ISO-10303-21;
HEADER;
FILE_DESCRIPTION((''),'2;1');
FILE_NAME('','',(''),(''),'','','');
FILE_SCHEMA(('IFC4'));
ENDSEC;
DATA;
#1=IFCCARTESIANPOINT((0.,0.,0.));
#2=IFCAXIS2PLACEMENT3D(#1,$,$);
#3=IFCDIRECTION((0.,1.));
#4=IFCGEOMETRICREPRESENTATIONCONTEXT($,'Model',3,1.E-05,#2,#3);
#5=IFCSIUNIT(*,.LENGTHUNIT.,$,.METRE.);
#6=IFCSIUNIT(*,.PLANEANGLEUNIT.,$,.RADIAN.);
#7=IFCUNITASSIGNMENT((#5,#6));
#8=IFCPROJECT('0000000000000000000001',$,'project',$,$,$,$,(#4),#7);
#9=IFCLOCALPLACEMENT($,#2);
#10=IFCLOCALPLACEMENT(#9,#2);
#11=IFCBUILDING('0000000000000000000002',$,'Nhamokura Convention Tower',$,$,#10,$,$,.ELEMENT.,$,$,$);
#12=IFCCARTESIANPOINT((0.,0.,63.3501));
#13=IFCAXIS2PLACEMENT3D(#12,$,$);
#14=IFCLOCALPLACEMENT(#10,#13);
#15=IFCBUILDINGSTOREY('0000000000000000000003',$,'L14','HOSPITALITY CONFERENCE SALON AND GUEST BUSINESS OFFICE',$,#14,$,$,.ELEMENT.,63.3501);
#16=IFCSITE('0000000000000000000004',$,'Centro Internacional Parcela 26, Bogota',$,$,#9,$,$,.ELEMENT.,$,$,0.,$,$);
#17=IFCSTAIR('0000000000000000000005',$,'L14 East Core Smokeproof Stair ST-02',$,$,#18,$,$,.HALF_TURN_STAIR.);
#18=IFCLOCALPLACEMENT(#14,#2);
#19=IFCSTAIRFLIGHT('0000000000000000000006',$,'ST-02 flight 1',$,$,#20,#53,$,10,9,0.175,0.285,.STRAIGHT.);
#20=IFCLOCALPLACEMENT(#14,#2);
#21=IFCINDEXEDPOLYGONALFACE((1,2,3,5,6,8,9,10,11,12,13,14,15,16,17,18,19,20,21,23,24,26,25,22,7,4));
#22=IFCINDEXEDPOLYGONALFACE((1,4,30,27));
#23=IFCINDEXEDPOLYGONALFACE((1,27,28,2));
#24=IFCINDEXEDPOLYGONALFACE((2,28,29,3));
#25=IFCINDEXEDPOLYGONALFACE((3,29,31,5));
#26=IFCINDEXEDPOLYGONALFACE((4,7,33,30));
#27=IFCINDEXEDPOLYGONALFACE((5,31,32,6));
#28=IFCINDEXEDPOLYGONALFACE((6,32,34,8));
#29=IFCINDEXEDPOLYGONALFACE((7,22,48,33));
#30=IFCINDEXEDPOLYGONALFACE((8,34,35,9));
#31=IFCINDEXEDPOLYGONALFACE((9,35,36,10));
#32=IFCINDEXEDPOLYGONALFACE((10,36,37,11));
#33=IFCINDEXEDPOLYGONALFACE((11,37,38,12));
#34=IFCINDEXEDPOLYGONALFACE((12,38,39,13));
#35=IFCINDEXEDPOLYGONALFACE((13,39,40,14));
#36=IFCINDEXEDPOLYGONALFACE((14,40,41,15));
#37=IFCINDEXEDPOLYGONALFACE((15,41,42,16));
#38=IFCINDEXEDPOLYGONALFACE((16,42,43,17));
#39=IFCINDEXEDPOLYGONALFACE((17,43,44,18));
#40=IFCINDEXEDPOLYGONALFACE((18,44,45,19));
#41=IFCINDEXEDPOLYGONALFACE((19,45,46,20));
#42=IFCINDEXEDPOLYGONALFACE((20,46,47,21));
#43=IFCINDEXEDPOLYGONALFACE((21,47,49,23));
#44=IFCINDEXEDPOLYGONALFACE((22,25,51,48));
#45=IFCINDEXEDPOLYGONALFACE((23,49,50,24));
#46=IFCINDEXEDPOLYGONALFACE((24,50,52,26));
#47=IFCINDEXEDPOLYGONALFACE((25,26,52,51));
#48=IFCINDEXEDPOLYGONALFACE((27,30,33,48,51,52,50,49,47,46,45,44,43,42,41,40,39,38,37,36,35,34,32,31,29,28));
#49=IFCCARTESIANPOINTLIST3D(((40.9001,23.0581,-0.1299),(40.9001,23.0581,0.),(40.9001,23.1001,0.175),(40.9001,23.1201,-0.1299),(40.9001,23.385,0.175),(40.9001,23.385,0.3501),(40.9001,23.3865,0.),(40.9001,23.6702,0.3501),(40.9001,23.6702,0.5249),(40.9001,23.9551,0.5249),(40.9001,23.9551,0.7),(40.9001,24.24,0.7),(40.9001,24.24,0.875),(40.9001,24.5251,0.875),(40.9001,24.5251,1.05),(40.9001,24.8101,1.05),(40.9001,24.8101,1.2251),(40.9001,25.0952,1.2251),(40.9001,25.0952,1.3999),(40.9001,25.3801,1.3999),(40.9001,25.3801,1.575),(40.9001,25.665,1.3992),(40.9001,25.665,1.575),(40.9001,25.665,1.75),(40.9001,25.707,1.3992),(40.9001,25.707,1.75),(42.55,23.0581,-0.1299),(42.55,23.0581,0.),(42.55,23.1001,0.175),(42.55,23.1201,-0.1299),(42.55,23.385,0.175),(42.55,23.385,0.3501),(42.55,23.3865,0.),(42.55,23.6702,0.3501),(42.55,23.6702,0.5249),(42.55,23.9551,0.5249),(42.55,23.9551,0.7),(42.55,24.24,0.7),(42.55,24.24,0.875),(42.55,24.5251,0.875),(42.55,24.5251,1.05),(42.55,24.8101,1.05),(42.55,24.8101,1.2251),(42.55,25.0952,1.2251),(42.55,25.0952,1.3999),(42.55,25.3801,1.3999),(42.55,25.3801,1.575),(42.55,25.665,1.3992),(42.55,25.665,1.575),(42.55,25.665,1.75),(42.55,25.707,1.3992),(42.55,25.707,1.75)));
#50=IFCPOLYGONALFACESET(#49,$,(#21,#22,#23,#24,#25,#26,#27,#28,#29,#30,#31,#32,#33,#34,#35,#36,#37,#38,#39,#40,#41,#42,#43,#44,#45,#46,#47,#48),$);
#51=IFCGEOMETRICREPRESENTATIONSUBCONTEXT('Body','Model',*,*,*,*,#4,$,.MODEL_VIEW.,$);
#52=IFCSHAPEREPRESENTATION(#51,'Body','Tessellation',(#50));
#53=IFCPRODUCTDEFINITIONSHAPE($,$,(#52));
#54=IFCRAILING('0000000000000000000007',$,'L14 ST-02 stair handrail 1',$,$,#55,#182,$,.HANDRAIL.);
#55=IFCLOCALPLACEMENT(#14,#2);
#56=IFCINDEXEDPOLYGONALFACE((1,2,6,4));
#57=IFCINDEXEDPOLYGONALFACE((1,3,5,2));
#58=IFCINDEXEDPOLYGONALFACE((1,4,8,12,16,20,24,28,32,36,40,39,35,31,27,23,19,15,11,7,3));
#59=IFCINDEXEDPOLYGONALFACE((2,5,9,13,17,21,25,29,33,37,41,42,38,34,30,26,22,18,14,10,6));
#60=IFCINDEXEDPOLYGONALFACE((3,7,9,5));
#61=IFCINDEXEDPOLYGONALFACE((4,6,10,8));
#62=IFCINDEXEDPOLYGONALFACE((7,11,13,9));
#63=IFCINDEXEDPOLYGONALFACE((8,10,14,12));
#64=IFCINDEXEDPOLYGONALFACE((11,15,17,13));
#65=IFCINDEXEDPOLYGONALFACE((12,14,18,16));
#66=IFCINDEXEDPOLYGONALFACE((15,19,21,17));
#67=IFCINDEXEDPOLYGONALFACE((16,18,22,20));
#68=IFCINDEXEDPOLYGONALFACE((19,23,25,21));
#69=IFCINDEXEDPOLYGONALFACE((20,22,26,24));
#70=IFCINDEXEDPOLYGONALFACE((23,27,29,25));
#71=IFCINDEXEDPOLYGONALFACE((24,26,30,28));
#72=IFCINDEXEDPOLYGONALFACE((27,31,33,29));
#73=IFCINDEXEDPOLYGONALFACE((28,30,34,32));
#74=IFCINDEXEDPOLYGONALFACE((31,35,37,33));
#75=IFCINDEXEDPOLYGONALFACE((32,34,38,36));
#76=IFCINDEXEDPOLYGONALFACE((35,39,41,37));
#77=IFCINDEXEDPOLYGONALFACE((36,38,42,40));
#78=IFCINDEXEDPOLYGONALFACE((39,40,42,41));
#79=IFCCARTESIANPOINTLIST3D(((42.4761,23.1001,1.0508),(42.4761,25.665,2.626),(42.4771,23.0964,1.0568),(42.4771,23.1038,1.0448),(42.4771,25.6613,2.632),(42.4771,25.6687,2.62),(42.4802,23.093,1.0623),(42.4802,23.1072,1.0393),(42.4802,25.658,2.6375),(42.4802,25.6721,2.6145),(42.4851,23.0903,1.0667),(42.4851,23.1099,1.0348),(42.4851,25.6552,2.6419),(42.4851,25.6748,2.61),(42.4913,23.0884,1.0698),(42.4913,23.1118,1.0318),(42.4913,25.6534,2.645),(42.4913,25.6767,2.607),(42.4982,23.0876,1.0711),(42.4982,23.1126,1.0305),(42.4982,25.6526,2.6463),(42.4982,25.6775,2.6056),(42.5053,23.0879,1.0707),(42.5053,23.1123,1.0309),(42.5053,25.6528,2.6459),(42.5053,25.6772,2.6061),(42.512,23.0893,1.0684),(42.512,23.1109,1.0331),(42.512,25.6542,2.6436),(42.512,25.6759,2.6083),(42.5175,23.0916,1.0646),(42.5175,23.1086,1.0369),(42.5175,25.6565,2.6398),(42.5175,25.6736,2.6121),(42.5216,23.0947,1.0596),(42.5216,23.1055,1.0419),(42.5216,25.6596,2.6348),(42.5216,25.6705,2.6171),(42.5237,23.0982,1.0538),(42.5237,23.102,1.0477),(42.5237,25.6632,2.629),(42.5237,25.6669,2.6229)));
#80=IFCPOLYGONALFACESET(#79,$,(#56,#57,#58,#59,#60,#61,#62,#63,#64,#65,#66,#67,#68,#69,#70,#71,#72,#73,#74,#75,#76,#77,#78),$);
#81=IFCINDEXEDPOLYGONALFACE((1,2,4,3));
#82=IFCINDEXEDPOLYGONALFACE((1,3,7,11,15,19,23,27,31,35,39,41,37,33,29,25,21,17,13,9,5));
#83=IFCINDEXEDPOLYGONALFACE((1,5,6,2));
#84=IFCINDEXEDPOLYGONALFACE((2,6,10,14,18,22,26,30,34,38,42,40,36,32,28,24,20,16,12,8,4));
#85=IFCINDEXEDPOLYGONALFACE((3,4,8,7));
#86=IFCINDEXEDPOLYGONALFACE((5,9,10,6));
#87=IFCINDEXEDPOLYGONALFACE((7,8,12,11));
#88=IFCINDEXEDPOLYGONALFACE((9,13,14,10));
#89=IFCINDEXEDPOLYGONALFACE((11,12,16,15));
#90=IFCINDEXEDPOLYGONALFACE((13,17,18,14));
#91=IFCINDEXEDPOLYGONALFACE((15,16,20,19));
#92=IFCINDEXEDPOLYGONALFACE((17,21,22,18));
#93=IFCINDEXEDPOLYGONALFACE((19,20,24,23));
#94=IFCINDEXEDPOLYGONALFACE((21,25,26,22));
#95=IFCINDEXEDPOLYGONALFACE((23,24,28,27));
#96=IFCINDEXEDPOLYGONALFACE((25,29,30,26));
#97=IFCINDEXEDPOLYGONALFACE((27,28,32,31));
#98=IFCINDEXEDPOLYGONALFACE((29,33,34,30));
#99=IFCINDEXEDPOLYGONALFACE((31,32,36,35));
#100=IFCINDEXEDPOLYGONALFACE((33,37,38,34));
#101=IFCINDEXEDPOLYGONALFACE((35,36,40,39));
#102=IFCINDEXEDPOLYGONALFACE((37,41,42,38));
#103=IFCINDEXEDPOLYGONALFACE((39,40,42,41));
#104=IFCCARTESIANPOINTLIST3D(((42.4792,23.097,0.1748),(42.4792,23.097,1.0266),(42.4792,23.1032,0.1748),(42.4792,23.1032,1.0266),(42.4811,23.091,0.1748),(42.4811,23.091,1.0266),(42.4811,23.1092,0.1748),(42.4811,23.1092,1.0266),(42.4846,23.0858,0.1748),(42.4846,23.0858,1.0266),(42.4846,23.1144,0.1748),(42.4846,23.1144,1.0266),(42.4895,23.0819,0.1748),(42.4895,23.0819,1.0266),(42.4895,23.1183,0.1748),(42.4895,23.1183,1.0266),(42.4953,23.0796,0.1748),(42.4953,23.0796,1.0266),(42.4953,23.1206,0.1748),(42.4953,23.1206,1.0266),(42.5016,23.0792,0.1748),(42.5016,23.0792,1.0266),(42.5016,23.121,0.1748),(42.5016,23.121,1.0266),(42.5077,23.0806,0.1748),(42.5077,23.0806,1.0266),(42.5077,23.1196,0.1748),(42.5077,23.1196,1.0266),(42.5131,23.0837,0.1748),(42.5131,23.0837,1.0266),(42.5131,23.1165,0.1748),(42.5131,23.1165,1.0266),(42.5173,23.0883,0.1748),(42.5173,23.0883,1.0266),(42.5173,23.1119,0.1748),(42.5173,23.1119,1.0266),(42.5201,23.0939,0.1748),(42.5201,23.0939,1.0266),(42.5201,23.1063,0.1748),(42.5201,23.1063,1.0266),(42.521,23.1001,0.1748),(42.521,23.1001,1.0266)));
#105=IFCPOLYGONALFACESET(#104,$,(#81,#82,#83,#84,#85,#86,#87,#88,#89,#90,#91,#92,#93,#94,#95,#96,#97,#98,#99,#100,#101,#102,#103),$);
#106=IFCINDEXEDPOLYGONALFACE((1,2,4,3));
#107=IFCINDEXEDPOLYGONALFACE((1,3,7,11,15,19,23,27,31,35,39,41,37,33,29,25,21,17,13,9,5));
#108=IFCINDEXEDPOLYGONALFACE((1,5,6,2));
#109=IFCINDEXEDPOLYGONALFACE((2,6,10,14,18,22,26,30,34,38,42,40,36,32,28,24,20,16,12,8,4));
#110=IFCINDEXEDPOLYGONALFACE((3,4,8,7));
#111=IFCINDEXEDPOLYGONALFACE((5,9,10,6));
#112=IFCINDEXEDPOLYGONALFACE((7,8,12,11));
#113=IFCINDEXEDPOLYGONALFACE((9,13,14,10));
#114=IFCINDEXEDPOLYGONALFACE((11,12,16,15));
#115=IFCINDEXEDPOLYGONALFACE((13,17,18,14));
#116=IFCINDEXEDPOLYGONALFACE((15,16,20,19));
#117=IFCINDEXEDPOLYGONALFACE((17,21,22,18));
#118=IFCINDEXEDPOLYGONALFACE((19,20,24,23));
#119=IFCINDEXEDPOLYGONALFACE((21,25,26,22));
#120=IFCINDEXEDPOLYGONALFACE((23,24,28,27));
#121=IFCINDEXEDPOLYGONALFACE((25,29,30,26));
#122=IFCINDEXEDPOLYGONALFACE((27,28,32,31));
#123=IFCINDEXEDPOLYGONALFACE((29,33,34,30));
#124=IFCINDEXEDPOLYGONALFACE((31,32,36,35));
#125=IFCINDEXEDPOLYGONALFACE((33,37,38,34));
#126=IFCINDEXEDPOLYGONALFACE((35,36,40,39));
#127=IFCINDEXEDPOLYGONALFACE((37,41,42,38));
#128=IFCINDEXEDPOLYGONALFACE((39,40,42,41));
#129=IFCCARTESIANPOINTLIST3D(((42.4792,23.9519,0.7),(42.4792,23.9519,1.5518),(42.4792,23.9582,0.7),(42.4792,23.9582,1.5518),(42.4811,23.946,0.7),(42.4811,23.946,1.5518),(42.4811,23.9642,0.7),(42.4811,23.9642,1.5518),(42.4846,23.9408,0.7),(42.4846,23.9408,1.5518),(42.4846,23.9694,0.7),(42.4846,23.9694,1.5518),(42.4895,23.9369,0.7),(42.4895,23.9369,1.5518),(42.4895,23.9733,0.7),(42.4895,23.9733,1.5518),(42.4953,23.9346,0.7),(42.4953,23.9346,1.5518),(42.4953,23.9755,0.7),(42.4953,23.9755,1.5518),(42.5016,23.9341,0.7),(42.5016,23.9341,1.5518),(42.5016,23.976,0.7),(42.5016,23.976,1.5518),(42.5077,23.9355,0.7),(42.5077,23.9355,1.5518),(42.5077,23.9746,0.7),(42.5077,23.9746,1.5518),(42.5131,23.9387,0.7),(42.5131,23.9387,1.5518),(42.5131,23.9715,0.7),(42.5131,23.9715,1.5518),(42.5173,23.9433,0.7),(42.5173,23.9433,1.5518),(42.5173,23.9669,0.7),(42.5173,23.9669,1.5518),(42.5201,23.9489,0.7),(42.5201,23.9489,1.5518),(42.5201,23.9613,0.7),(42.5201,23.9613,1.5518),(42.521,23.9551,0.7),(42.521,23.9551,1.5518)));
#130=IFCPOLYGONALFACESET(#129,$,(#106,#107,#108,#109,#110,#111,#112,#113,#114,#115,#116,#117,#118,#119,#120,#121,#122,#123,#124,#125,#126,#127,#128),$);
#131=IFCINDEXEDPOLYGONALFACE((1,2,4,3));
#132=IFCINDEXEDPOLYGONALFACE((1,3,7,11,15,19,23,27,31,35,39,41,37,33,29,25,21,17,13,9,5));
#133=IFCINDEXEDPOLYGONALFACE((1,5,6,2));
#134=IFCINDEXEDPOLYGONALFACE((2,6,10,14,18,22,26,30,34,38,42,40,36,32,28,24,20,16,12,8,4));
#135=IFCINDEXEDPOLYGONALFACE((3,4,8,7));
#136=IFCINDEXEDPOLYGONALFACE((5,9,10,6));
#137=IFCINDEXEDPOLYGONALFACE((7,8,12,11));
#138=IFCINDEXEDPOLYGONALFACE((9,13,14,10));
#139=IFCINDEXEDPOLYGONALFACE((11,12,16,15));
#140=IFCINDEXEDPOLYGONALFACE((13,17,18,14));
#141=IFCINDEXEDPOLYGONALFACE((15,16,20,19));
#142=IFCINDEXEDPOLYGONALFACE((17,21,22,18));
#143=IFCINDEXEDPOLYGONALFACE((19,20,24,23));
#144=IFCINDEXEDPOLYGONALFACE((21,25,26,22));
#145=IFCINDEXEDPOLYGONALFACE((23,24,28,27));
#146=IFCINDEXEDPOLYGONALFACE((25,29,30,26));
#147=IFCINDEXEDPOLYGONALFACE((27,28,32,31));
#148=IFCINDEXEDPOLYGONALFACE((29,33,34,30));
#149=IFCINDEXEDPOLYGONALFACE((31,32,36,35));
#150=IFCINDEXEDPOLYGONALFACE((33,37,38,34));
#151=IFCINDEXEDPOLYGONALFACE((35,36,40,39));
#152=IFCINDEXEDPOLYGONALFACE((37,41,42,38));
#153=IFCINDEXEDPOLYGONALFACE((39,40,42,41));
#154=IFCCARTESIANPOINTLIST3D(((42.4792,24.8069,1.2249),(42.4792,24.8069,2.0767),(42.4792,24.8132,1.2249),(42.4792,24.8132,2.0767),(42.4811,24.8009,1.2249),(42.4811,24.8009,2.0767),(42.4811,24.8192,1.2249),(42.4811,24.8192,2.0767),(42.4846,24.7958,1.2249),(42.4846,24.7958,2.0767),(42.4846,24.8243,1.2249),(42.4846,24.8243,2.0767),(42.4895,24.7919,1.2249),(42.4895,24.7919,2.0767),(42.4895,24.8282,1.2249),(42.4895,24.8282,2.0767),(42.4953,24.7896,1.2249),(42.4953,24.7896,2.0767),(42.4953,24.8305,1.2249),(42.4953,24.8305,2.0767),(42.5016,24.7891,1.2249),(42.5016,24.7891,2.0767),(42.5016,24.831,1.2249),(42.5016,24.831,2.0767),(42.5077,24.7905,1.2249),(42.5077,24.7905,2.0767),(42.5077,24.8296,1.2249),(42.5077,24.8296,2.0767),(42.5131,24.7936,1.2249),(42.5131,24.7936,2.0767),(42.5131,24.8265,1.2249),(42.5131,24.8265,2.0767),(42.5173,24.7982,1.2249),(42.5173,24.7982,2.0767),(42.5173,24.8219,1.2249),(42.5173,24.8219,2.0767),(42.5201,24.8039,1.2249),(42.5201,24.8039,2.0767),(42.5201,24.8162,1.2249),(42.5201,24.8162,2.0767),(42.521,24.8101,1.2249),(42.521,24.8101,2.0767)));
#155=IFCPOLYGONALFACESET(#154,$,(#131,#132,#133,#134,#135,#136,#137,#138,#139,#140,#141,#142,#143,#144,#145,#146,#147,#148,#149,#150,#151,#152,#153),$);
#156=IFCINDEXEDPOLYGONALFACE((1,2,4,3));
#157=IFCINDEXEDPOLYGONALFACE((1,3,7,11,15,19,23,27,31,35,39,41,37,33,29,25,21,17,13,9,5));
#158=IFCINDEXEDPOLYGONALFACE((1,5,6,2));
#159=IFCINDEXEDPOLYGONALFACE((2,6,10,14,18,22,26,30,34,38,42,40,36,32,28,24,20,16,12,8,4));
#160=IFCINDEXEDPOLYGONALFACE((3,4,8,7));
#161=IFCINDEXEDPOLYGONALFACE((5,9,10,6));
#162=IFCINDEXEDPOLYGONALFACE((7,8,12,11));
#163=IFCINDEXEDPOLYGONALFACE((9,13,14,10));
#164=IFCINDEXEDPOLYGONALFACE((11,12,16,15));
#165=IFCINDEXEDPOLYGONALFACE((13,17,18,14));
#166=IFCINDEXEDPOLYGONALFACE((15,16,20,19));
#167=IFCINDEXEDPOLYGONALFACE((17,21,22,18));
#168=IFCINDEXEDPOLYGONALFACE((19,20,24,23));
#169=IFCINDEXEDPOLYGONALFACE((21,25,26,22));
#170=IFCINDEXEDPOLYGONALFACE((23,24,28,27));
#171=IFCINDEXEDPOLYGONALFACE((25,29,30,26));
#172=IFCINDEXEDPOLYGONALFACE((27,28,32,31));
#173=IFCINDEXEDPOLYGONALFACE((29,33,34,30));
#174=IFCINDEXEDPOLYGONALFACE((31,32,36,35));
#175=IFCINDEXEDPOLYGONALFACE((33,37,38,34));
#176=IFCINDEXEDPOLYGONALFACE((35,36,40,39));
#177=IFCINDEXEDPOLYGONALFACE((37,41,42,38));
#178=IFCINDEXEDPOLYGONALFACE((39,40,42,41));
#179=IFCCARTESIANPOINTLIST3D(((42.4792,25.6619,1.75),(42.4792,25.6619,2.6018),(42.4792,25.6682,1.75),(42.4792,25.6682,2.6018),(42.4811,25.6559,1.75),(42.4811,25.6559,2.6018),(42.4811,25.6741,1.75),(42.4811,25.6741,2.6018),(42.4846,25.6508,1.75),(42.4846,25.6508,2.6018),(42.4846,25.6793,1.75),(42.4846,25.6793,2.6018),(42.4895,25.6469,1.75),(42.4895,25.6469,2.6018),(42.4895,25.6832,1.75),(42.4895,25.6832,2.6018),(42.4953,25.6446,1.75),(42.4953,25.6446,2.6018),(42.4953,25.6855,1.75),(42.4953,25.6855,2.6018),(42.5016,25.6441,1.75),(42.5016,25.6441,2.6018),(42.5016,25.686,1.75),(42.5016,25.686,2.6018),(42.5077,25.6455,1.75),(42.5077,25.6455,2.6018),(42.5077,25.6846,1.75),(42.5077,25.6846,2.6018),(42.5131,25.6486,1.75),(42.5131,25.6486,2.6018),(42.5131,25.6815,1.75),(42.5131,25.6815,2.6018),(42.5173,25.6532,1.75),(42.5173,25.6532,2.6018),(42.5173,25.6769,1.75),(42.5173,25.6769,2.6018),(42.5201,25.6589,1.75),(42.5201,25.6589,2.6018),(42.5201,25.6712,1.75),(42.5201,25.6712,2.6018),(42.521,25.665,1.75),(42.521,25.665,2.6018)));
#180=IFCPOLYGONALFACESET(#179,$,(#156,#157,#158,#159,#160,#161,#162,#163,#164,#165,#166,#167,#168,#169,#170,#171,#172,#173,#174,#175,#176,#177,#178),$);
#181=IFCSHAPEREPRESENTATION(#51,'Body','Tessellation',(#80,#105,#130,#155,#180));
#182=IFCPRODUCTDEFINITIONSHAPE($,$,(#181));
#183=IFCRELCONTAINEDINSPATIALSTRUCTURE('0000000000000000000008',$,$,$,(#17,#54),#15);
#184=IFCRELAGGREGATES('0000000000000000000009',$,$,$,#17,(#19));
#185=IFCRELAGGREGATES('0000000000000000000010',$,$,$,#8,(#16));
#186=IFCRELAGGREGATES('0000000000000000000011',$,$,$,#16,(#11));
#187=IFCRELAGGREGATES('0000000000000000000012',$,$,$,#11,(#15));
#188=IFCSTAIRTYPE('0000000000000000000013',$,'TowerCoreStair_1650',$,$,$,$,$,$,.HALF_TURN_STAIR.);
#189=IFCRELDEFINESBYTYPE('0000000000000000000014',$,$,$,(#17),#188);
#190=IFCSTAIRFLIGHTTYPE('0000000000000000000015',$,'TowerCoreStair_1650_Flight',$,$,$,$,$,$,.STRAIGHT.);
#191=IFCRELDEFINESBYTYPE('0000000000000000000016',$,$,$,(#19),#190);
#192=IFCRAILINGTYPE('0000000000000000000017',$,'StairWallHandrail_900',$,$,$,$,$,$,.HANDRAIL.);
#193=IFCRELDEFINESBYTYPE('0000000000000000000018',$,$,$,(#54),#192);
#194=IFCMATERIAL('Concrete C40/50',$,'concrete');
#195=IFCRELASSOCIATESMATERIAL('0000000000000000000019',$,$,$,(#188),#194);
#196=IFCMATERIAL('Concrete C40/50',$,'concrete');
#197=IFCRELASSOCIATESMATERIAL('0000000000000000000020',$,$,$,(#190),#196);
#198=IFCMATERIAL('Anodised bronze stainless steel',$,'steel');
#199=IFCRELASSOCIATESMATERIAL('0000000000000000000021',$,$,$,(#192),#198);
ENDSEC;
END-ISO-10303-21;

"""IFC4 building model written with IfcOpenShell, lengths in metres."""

from ifc_helpers import new_model, si_unit, direction, frame, origin, origin_2d, place, context, subcontext, project, spatial, polyline, circle, outline, extrude, material, type_object, element, aggregate, save


model = new_model("IFC4")

# Units and contexts
model_context = context("Model", 3, precision=1e-05, world=origin(), true_north=direction((0.0, 1.0)))
body_context = subcontext(model_context, "Body", "Model", "MODEL_VIEW")
ifc_project = project(units=[si_unit("LENGTHUNIT", "METRE"), si_unit("PLANEANGLEUNIT", "RADIAN")], contexts=[model_context])

# Site, building, storey
site_placement = place(None, origin())
site = spatial("IfcSite", under=ifc_project, at=site_placement, Name="Centro Internacional Parcela 26, Bogota", CompositionType="ELEMENT", RefElevation=0.0)
building_placement = place(site_placement, origin())
building = spatial("IfcBuilding", under=site, at=building_placement, Name="Nhamokura Convention Tower", CompositionType="ELEMENT")
storey_placement = place(building_placement, frame((0.0, 0.0, 63.3501)))
storey = spatial("IfcBuildingStorey", under=building, at=storey_placement, Name="L14", Description="HOSPITALITY CONFERENCE SALON AND GUEST BUSINESS OFFICE", CompositionType="ELEMENT", Elevation=63.3501)

# Stair, stair flight
ifc_material_1 = material(Name="Concrete C40/50", Category="concrete")
stair_type = type_object("IfcStairType", Name="TowerCoreStair_1650", PredefinedType="HALF_TURN_STAIR", material=ifc_material_1)
stair_placement = place(storey_placement, origin())
stair = element("IfcStair", 1, at=stair_placement, inside=storey, type_object=stair_type, Name="L14 East Core Smokeproof Stair ST-02", PredefinedType="HALF_TURN_STAIR")
ifc_material_2 = material(Name="Concrete C40/50", Category="concrete")
stair_flight_type = type_object("IfcStairFlightType", Name="TowerCoreStair_1650_Flight", PredefinedType="STRAIGHT", material=ifc_material_2)
stair_flight_placement = place(storey_placement, frame((41.7251, 23.1001, 0.0), z_axis=(0.0, 0.0, 1.0), x_axis=(0.0, 1.0, 0.0)))
stair_flight = element("IfcStairFlight", 2, at=stair_flight_placement, type_object=stair_flight_type, Name="ST-02 flight 1", NumberOfRisers=10, NumberOfTreads=9, PredefinedType="STRAIGHT", RiserHeight=0.175, TreadLength=0.285, context=body_context, shape_type="SweptSolid", body=[
    extrude(outline(polyline([(-0.042, 0.0), (0.0, 0.175), (0.2849, 0.175), (0.2849, 0.3501), (0.5701, 0.3501), (0.5701, 0.5249), (0.855, 0.5249), (0.855, 0.7), (1.1399, 0.7), (1.1399, 0.875), (1.425, 0.875), (1.425, 1.05), (1.71, 1.05), (1.71, 1.2251), (1.9951, 1.2251), (1.9951, 1.3999), (2.28, 1.3999), (2.28, 1.575), (2.5649, 1.575), (2.5649, 1.75), (2.6069, 1.75), (2.6069, 1.3992), (2.5649, 1.3992), (0.2864, 0.0), (0.02, -0.1299), (-0.042, -0.1299), (-0.042, 0.0)])), frame((0.0, 0.825, 0.0), z_axis=(0.0, -1.0, 0.0), x_axis=(1.0, 0.0, 0.0)), (0.0, 0.0, 1.0), 1.6499),
])
aggregate(stair, [stair_flight])

# Railing
ifc_material_3 = material(Name="Anodised bronze stainless steel", Category="steel")
railing_type_1 = type_object("IfcRailingType", Name="StairWallHandrail_900", PredefinedType="HANDRAIL", material=ifc_material_3)
railing_1_placement = place(storey_placement, frame((42.5, 23.1001, 0.1748)))
element("IfcRailing", 3, at=railing_1_placement, inside=storey, type_object=railing_type_1, Name="L14 ST-02 stair handrail 1", PredefinedType="HANDRAIL", context=body_context, shape_type="SweptSolid", body=[
    extrude(circle(Radius=0.0239, at=origin_2d()), frame((0.0, 0.0, 0.876), z_axis=(0.0, 0.852137, 0.523319), x_axis=(-1.0, 0.0, 0.0)), (0.0, 0.0, 1.0), 3.01),
    extrude(circle(Radius=0.021, at=origin_2d()), origin(), (0.0, 0.0, 1.0), 0.8518),
    extrude(circle(Radius=0.021, at=origin_2d()), frame((0.0, 0.855, 0.5251)), (0.0, 0.0, 1.0), 0.8518),
    extrude(circle(Radius=0.021, at=origin_2d()), frame((0.0, 1.71, 1.05)), (0.0, 0.0, 1.0), 0.8518),
    extrude(circle(Radius=0.021, at=origin_2d()), frame((0.0, 2.5649, 1.5752)), (0.0, 0.0, 1.0), 0.8518),
])

save(model, "model.ifc")
